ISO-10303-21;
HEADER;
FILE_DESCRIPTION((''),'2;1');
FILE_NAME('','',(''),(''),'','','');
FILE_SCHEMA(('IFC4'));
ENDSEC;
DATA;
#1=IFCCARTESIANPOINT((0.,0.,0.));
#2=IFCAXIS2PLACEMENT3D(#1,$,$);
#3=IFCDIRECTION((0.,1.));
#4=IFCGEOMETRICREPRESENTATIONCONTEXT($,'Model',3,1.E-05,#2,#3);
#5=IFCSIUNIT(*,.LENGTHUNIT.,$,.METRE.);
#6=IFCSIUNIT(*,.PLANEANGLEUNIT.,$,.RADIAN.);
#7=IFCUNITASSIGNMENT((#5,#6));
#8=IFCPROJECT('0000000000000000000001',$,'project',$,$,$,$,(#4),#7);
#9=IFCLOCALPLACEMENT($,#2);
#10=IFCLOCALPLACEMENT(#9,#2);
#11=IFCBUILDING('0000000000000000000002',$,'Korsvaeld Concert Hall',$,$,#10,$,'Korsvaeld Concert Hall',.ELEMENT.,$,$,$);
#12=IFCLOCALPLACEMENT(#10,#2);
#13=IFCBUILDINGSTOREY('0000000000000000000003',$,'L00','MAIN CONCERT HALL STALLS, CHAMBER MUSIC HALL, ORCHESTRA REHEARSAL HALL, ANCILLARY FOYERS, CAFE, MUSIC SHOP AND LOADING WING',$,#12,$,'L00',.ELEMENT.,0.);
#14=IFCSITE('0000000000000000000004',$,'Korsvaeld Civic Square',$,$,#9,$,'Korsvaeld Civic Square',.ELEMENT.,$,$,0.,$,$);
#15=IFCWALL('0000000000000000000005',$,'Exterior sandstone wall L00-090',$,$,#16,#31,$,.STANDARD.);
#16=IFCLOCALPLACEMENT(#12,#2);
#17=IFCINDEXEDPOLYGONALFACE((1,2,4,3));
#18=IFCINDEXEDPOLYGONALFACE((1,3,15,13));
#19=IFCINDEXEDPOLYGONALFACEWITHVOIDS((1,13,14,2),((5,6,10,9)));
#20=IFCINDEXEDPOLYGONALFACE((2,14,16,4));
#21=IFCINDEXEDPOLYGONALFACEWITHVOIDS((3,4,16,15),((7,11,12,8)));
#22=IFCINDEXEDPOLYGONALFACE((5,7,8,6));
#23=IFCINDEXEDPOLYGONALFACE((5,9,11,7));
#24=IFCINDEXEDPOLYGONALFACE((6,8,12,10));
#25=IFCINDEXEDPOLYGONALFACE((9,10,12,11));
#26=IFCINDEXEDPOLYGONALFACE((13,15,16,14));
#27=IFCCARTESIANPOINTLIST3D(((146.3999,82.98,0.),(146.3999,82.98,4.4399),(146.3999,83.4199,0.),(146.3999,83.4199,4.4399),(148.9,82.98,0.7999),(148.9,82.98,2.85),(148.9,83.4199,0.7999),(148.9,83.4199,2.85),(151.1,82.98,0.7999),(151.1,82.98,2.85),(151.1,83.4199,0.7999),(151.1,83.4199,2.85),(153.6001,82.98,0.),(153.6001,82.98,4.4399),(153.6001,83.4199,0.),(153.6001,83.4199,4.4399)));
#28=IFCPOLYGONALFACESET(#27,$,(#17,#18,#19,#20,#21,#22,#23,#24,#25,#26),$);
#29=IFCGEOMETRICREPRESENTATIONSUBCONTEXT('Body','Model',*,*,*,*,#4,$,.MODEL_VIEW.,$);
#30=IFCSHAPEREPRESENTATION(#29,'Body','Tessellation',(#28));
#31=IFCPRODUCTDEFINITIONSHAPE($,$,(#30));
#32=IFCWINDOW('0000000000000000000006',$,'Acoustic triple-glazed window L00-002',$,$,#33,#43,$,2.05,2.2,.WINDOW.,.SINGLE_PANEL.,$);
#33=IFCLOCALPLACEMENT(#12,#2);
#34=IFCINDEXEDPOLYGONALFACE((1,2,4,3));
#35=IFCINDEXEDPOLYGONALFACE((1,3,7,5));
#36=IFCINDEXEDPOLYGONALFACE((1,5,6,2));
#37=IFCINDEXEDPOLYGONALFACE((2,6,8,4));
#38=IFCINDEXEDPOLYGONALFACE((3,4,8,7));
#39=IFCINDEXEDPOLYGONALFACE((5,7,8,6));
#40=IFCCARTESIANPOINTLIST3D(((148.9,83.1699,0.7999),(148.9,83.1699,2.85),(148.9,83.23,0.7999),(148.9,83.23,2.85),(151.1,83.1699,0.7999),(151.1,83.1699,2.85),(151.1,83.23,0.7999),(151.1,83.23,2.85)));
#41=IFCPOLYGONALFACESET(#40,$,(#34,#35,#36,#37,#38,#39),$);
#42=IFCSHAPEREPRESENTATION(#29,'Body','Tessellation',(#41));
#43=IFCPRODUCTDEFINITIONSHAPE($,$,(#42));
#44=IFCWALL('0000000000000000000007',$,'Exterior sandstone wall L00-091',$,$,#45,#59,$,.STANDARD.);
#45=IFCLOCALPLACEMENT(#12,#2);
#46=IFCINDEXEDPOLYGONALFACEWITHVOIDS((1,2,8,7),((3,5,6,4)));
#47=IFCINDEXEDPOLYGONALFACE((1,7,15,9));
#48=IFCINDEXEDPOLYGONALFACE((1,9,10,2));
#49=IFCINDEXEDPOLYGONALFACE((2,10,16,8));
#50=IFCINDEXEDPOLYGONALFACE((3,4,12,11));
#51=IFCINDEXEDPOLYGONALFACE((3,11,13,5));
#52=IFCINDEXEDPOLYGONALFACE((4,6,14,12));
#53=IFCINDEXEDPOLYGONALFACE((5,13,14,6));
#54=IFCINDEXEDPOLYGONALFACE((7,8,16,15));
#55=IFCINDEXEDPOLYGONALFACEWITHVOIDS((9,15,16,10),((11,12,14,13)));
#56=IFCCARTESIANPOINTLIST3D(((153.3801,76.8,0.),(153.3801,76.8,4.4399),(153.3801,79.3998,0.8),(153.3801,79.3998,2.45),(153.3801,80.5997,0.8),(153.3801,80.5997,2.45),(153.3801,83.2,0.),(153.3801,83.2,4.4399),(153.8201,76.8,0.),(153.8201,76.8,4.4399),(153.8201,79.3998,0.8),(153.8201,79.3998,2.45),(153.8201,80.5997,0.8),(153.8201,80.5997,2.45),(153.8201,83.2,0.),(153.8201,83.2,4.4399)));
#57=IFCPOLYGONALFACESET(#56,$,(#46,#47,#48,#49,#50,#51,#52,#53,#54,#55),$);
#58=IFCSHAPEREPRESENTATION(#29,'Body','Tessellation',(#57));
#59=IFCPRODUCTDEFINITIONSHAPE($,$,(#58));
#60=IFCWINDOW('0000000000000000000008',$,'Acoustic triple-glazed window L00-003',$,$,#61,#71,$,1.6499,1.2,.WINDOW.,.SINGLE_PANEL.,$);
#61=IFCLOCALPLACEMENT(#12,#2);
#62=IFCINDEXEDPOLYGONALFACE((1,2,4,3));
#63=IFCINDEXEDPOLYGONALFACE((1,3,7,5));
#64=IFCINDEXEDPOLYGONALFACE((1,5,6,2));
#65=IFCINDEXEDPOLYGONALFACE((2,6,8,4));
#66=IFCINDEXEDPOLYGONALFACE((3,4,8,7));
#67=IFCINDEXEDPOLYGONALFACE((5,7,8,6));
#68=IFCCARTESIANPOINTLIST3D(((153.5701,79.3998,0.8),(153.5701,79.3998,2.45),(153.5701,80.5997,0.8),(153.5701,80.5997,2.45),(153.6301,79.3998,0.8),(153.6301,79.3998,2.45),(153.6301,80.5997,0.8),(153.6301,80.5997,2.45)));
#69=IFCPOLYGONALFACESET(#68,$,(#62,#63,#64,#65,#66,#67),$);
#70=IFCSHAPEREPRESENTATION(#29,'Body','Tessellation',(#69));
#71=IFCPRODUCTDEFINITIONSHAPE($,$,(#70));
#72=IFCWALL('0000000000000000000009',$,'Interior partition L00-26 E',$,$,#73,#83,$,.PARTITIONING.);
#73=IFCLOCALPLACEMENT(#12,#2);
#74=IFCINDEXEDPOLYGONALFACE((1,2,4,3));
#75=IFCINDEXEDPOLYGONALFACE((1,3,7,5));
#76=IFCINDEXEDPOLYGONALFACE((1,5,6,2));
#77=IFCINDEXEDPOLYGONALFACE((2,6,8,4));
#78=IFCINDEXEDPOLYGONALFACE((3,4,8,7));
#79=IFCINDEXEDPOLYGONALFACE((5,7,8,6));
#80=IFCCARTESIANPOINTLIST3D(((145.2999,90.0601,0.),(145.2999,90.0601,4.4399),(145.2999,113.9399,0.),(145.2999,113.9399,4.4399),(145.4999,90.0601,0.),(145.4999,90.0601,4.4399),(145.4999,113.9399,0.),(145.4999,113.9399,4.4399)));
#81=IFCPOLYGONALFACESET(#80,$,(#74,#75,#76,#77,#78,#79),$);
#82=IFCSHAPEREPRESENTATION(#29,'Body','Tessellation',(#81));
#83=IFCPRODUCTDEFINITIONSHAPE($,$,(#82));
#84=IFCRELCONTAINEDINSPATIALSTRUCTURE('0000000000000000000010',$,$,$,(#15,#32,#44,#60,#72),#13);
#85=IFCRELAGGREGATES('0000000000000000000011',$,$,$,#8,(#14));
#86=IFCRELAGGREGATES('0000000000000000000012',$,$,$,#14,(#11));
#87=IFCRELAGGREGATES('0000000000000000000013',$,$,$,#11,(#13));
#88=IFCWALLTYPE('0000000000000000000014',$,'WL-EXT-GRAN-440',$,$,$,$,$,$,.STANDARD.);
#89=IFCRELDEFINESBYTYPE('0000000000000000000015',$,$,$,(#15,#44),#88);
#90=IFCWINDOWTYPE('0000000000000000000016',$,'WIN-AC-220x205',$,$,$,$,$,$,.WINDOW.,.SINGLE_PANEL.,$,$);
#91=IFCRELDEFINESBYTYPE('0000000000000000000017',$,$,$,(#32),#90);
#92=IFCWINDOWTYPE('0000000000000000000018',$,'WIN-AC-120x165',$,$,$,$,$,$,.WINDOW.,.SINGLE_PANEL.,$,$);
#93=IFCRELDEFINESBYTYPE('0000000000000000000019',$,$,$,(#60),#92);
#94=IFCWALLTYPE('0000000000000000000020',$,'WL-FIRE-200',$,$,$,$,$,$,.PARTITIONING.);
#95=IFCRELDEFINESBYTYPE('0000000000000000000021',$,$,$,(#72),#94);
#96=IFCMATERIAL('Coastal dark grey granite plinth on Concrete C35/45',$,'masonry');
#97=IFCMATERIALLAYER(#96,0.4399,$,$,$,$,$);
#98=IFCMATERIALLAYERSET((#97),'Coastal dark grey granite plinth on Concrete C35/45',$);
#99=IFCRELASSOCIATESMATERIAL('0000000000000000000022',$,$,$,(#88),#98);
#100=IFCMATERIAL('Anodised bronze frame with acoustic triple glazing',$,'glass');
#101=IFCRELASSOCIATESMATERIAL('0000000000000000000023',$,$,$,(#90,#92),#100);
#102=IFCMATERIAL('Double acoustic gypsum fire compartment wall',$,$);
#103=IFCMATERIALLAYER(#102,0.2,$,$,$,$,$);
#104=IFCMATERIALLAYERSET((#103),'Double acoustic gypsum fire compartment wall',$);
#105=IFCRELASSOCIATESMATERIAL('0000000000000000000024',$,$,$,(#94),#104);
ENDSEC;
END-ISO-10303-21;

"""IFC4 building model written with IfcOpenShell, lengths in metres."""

from ifc_helpers import new_model, si_unit, direction, frame, frame_2d, origin, place, context, subcontext, project, spatial, rectangle, extrude, material, layer, layer_set, type_object, element, fill, save


model = new_model("IFC4")

# Units and contexts
model_context = context("Model", 3, precision=1e-05, world=origin(), true_north=direction((0.0, 1.0)))
body_context = subcontext(model_context, "Body", "Model", "MODEL_VIEW")
ifc_project = project(units=[si_unit("LENGTHUNIT", "METRE"), si_unit("PLANEANGLEUNIT", "RADIAN")], contexts=[model_context])

# Site, building, storey
site_placement = place(None, origin())
site = spatial("IfcSite", under=ifc_project, at=site_placement, Name="Korsvaeld Civic Square", LongName="Korsvaeld Civic Square", CompositionType="ELEMENT", RefElevation=0.0)
building_placement = place(site_placement, origin())
building = spatial("IfcBuilding", under=site, at=building_placement, Name="Korsvaeld Concert Hall", LongName="Korsvaeld Concert Hall", CompositionType="ELEMENT")
storey_placement = place(building_placement, origin())
storey = spatial("IfcBuildingStorey", under=building, at=storey_placement, Name="L00", Description="MAIN CONCERT HALL STALLS, CHAMBER MUSIC HALL, ORCHESTRA REHEARSAL HALL, ANCILLARY FOYERS, CAFE, MUSIC SHOP AND LOADING WING", LongName="L00", CompositionType="ELEMENT", Elevation=0.0)

# Shared definitions
ifc_material_1 = material(Name="Coastal dark grey granite plinth on Concrete C35/45", Category="masonry")
ifc_layer_1 = layer(ifc_material_1, 0.4399)
ifc_layer_set_1 = layer_set([ifc_layer_1], Name="Coastal dark grey granite plinth on Concrete C35/45")
wall_type_1 = type_object("IfcWallType", Name="WL-EXT-GRAN-440", PredefinedType="STANDARD", material=ifc_layer_set_1)

# Walls, openings, windows
ifc_material_2 = material(Name="Anodised bronze frame with acoustic triple glazing", Category="glass")
wall_1_placement = place(storey_placement, frame((146.3999, 83.2, 0.0), z_axis=(0.0, 0.0, 1.0), x_axis=(1.0, 0.0, 0.0)))
wall_1 = element("IfcWall", 1, at=wall_1_placement, inside=storey, type_object=wall_type_1, Name="Exterior sandstone wall L00-090", PredefinedType="STANDARD", context=body_context, shape_type="SweptSolid", body=[
    extrude(rectangle(XDim=7.2002, YDim=0.4399, at=frame_2d((3.6001, 0.0))), origin(), (0.0, 0.0, 1.0), 4.4399),
])
opening_1_placement = place(wall_1_placement, frame((2.5, 0.0, 0.8)))
opening_1 = element("IfcOpeningElement", 2, at=opening_1_placement, cuts=wall_1, PredefinedType="OPENING", context=body_context, shape_type="SweptSolid", body=[
    extrude(rectangle(XDim=2.2, YDim=2.05, at=frame_2d((1.1001, 1.0249))), frame((0.0, 0.23, 0.0), z_axis=(0.0, -1.0, 0.0), x_axis=(1.0, 0.0, 0.0)), (0.0, 0.0, 1.0), 0.46),
])
window_type_1 = type_object("IfcWindowType", Name="WIN-AC-220x205", PartitioningType="SINGLE_PANEL", PredefinedType="WINDOW", material=ifc_material_2)
window_1_placement = place(opening_1_placement, origin())
window_1 = element("IfcWindow", 3, at=window_1_placement, inside=storey, type_object=window_type_1, Name="Acoustic triple-glazed window L00-002", OverallHeight=2.05, OverallWidth=2.2, PartitioningType="SINGLE_PANEL", PredefinedType="WINDOW", context=body_context, shape_type="SweptSolid", body=[
    extrude(rectangle(XDim=2.2, YDim=2.05, at=frame_2d((1.1001, 1.0249))), frame((0.0, 0.03, 0.0), z_axis=(0.0, -1.0, 0.0), x_axis=(1.0, 0.0, 0.0)), (0.0, 0.0, 1.0), 0.0601),
])
fill(opening_1, window_1)
wall_2_placement = place(storey_placement, frame((153.6001, 83.2, 0.0), z_axis=(0.0, 0.0, 1.0), x_axis=(0.0, -1.0, 0.0)))
wall_2 = element("IfcWall", 4, at=wall_2_placement, inside=storey, type_object=wall_type_1, Name="Exterior sandstone wall L00-091", PredefinedType="STANDARD", context=body_context, shape_type="SweptSolid", body=[
    extrude(rectangle(XDim=6.3999, YDim=0.4399, at=frame_2d((3.2, 0.0))), origin(), (0.0, 0.0, 1.0), 4.4399),
])
opening_2_placement = place(wall_2_placement, frame((2.6001, 0.0, 0.8)))
opening_2 = element("IfcOpeningElement", 5, at=opening_2_placement, cuts=wall_2, PredefinedType="OPENING", context=body_context, shape_type="SweptSolid", body=[
    extrude(rectangle(XDim=1.2, YDim=1.6499, at=frame_2d((0.6001, 0.825))), frame((0.0, 0.23, 0.0), z_axis=(0.0, -1.0, 0.0), x_axis=(1.0, 0.0, 0.0)), (0.0, 0.0, 1.0), 0.46),
])
window_type_2 = type_object("IfcWindowType", Name="WIN-AC-120x165", PartitioningType="SINGLE_PANEL", PredefinedType="WINDOW", material=ifc_material_2)
window_2_placement = place(opening_2_placement, origin())
window_2 = element("IfcWindow", 6, at=window_2_placement, inside=storey, type_object=window_type_2, Name="Acoustic triple-glazed window L00-003", OverallHeight=1.6499, OverallWidth=1.2, PartitioningType="SINGLE_PANEL", PredefinedType="WINDOW", context=body_context, shape_type="SweptSolid", body=[
    extrude(rectangle(XDim=1.2, YDim=1.6499, at=frame_2d((0.6001, 0.825))), frame((0.0, 0.03, 0.0), z_axis=(0.0, -1.0, 0.0), x_axis=(1.0, 0.0, 0.0)), (0.0, 0.0, 1.0), 0.0601),
])
fill(opening_2, window_2)

# Wall
ifc_material_3 = material(Name="Double acoustic gypsum fire compartment wall")
ifc_layer_2 = layer(ifc_material_3, 0.2)
ifc_layer_set_2 = layer_set([ifc_layer_2], Name="Double acoustic gypsum fire compartment wall")
wall_type_2 = type_object("IfcWallType", Name="WL-FIRE-200", PredefinedType="PARTITIONING", material=ifc_layer_set_2)
wall_3_placement = place(storey_placement, frame((145.3999, 90.0601, 0.0), z_axis=(0.0, 0.0, 1.0), x_axis=(0.0, 1.0, 0.0)))
element("IfcWall", 7, at=wall_3_placement, inside=storey, type_object=wall_type_2, Name="Interior partition L00-26 E", PredefinedType="PARTITIONING", context=body_context, shape_type="SweptSolid", body=[
    extrude(rectangle(XDim=23.8799, YDim=0.2, at=frame_2d((11.9399, 0.0))), origin(), (0.0, 0.0, 1.0), 4.4399),
])

save(model, "model.ifc")
